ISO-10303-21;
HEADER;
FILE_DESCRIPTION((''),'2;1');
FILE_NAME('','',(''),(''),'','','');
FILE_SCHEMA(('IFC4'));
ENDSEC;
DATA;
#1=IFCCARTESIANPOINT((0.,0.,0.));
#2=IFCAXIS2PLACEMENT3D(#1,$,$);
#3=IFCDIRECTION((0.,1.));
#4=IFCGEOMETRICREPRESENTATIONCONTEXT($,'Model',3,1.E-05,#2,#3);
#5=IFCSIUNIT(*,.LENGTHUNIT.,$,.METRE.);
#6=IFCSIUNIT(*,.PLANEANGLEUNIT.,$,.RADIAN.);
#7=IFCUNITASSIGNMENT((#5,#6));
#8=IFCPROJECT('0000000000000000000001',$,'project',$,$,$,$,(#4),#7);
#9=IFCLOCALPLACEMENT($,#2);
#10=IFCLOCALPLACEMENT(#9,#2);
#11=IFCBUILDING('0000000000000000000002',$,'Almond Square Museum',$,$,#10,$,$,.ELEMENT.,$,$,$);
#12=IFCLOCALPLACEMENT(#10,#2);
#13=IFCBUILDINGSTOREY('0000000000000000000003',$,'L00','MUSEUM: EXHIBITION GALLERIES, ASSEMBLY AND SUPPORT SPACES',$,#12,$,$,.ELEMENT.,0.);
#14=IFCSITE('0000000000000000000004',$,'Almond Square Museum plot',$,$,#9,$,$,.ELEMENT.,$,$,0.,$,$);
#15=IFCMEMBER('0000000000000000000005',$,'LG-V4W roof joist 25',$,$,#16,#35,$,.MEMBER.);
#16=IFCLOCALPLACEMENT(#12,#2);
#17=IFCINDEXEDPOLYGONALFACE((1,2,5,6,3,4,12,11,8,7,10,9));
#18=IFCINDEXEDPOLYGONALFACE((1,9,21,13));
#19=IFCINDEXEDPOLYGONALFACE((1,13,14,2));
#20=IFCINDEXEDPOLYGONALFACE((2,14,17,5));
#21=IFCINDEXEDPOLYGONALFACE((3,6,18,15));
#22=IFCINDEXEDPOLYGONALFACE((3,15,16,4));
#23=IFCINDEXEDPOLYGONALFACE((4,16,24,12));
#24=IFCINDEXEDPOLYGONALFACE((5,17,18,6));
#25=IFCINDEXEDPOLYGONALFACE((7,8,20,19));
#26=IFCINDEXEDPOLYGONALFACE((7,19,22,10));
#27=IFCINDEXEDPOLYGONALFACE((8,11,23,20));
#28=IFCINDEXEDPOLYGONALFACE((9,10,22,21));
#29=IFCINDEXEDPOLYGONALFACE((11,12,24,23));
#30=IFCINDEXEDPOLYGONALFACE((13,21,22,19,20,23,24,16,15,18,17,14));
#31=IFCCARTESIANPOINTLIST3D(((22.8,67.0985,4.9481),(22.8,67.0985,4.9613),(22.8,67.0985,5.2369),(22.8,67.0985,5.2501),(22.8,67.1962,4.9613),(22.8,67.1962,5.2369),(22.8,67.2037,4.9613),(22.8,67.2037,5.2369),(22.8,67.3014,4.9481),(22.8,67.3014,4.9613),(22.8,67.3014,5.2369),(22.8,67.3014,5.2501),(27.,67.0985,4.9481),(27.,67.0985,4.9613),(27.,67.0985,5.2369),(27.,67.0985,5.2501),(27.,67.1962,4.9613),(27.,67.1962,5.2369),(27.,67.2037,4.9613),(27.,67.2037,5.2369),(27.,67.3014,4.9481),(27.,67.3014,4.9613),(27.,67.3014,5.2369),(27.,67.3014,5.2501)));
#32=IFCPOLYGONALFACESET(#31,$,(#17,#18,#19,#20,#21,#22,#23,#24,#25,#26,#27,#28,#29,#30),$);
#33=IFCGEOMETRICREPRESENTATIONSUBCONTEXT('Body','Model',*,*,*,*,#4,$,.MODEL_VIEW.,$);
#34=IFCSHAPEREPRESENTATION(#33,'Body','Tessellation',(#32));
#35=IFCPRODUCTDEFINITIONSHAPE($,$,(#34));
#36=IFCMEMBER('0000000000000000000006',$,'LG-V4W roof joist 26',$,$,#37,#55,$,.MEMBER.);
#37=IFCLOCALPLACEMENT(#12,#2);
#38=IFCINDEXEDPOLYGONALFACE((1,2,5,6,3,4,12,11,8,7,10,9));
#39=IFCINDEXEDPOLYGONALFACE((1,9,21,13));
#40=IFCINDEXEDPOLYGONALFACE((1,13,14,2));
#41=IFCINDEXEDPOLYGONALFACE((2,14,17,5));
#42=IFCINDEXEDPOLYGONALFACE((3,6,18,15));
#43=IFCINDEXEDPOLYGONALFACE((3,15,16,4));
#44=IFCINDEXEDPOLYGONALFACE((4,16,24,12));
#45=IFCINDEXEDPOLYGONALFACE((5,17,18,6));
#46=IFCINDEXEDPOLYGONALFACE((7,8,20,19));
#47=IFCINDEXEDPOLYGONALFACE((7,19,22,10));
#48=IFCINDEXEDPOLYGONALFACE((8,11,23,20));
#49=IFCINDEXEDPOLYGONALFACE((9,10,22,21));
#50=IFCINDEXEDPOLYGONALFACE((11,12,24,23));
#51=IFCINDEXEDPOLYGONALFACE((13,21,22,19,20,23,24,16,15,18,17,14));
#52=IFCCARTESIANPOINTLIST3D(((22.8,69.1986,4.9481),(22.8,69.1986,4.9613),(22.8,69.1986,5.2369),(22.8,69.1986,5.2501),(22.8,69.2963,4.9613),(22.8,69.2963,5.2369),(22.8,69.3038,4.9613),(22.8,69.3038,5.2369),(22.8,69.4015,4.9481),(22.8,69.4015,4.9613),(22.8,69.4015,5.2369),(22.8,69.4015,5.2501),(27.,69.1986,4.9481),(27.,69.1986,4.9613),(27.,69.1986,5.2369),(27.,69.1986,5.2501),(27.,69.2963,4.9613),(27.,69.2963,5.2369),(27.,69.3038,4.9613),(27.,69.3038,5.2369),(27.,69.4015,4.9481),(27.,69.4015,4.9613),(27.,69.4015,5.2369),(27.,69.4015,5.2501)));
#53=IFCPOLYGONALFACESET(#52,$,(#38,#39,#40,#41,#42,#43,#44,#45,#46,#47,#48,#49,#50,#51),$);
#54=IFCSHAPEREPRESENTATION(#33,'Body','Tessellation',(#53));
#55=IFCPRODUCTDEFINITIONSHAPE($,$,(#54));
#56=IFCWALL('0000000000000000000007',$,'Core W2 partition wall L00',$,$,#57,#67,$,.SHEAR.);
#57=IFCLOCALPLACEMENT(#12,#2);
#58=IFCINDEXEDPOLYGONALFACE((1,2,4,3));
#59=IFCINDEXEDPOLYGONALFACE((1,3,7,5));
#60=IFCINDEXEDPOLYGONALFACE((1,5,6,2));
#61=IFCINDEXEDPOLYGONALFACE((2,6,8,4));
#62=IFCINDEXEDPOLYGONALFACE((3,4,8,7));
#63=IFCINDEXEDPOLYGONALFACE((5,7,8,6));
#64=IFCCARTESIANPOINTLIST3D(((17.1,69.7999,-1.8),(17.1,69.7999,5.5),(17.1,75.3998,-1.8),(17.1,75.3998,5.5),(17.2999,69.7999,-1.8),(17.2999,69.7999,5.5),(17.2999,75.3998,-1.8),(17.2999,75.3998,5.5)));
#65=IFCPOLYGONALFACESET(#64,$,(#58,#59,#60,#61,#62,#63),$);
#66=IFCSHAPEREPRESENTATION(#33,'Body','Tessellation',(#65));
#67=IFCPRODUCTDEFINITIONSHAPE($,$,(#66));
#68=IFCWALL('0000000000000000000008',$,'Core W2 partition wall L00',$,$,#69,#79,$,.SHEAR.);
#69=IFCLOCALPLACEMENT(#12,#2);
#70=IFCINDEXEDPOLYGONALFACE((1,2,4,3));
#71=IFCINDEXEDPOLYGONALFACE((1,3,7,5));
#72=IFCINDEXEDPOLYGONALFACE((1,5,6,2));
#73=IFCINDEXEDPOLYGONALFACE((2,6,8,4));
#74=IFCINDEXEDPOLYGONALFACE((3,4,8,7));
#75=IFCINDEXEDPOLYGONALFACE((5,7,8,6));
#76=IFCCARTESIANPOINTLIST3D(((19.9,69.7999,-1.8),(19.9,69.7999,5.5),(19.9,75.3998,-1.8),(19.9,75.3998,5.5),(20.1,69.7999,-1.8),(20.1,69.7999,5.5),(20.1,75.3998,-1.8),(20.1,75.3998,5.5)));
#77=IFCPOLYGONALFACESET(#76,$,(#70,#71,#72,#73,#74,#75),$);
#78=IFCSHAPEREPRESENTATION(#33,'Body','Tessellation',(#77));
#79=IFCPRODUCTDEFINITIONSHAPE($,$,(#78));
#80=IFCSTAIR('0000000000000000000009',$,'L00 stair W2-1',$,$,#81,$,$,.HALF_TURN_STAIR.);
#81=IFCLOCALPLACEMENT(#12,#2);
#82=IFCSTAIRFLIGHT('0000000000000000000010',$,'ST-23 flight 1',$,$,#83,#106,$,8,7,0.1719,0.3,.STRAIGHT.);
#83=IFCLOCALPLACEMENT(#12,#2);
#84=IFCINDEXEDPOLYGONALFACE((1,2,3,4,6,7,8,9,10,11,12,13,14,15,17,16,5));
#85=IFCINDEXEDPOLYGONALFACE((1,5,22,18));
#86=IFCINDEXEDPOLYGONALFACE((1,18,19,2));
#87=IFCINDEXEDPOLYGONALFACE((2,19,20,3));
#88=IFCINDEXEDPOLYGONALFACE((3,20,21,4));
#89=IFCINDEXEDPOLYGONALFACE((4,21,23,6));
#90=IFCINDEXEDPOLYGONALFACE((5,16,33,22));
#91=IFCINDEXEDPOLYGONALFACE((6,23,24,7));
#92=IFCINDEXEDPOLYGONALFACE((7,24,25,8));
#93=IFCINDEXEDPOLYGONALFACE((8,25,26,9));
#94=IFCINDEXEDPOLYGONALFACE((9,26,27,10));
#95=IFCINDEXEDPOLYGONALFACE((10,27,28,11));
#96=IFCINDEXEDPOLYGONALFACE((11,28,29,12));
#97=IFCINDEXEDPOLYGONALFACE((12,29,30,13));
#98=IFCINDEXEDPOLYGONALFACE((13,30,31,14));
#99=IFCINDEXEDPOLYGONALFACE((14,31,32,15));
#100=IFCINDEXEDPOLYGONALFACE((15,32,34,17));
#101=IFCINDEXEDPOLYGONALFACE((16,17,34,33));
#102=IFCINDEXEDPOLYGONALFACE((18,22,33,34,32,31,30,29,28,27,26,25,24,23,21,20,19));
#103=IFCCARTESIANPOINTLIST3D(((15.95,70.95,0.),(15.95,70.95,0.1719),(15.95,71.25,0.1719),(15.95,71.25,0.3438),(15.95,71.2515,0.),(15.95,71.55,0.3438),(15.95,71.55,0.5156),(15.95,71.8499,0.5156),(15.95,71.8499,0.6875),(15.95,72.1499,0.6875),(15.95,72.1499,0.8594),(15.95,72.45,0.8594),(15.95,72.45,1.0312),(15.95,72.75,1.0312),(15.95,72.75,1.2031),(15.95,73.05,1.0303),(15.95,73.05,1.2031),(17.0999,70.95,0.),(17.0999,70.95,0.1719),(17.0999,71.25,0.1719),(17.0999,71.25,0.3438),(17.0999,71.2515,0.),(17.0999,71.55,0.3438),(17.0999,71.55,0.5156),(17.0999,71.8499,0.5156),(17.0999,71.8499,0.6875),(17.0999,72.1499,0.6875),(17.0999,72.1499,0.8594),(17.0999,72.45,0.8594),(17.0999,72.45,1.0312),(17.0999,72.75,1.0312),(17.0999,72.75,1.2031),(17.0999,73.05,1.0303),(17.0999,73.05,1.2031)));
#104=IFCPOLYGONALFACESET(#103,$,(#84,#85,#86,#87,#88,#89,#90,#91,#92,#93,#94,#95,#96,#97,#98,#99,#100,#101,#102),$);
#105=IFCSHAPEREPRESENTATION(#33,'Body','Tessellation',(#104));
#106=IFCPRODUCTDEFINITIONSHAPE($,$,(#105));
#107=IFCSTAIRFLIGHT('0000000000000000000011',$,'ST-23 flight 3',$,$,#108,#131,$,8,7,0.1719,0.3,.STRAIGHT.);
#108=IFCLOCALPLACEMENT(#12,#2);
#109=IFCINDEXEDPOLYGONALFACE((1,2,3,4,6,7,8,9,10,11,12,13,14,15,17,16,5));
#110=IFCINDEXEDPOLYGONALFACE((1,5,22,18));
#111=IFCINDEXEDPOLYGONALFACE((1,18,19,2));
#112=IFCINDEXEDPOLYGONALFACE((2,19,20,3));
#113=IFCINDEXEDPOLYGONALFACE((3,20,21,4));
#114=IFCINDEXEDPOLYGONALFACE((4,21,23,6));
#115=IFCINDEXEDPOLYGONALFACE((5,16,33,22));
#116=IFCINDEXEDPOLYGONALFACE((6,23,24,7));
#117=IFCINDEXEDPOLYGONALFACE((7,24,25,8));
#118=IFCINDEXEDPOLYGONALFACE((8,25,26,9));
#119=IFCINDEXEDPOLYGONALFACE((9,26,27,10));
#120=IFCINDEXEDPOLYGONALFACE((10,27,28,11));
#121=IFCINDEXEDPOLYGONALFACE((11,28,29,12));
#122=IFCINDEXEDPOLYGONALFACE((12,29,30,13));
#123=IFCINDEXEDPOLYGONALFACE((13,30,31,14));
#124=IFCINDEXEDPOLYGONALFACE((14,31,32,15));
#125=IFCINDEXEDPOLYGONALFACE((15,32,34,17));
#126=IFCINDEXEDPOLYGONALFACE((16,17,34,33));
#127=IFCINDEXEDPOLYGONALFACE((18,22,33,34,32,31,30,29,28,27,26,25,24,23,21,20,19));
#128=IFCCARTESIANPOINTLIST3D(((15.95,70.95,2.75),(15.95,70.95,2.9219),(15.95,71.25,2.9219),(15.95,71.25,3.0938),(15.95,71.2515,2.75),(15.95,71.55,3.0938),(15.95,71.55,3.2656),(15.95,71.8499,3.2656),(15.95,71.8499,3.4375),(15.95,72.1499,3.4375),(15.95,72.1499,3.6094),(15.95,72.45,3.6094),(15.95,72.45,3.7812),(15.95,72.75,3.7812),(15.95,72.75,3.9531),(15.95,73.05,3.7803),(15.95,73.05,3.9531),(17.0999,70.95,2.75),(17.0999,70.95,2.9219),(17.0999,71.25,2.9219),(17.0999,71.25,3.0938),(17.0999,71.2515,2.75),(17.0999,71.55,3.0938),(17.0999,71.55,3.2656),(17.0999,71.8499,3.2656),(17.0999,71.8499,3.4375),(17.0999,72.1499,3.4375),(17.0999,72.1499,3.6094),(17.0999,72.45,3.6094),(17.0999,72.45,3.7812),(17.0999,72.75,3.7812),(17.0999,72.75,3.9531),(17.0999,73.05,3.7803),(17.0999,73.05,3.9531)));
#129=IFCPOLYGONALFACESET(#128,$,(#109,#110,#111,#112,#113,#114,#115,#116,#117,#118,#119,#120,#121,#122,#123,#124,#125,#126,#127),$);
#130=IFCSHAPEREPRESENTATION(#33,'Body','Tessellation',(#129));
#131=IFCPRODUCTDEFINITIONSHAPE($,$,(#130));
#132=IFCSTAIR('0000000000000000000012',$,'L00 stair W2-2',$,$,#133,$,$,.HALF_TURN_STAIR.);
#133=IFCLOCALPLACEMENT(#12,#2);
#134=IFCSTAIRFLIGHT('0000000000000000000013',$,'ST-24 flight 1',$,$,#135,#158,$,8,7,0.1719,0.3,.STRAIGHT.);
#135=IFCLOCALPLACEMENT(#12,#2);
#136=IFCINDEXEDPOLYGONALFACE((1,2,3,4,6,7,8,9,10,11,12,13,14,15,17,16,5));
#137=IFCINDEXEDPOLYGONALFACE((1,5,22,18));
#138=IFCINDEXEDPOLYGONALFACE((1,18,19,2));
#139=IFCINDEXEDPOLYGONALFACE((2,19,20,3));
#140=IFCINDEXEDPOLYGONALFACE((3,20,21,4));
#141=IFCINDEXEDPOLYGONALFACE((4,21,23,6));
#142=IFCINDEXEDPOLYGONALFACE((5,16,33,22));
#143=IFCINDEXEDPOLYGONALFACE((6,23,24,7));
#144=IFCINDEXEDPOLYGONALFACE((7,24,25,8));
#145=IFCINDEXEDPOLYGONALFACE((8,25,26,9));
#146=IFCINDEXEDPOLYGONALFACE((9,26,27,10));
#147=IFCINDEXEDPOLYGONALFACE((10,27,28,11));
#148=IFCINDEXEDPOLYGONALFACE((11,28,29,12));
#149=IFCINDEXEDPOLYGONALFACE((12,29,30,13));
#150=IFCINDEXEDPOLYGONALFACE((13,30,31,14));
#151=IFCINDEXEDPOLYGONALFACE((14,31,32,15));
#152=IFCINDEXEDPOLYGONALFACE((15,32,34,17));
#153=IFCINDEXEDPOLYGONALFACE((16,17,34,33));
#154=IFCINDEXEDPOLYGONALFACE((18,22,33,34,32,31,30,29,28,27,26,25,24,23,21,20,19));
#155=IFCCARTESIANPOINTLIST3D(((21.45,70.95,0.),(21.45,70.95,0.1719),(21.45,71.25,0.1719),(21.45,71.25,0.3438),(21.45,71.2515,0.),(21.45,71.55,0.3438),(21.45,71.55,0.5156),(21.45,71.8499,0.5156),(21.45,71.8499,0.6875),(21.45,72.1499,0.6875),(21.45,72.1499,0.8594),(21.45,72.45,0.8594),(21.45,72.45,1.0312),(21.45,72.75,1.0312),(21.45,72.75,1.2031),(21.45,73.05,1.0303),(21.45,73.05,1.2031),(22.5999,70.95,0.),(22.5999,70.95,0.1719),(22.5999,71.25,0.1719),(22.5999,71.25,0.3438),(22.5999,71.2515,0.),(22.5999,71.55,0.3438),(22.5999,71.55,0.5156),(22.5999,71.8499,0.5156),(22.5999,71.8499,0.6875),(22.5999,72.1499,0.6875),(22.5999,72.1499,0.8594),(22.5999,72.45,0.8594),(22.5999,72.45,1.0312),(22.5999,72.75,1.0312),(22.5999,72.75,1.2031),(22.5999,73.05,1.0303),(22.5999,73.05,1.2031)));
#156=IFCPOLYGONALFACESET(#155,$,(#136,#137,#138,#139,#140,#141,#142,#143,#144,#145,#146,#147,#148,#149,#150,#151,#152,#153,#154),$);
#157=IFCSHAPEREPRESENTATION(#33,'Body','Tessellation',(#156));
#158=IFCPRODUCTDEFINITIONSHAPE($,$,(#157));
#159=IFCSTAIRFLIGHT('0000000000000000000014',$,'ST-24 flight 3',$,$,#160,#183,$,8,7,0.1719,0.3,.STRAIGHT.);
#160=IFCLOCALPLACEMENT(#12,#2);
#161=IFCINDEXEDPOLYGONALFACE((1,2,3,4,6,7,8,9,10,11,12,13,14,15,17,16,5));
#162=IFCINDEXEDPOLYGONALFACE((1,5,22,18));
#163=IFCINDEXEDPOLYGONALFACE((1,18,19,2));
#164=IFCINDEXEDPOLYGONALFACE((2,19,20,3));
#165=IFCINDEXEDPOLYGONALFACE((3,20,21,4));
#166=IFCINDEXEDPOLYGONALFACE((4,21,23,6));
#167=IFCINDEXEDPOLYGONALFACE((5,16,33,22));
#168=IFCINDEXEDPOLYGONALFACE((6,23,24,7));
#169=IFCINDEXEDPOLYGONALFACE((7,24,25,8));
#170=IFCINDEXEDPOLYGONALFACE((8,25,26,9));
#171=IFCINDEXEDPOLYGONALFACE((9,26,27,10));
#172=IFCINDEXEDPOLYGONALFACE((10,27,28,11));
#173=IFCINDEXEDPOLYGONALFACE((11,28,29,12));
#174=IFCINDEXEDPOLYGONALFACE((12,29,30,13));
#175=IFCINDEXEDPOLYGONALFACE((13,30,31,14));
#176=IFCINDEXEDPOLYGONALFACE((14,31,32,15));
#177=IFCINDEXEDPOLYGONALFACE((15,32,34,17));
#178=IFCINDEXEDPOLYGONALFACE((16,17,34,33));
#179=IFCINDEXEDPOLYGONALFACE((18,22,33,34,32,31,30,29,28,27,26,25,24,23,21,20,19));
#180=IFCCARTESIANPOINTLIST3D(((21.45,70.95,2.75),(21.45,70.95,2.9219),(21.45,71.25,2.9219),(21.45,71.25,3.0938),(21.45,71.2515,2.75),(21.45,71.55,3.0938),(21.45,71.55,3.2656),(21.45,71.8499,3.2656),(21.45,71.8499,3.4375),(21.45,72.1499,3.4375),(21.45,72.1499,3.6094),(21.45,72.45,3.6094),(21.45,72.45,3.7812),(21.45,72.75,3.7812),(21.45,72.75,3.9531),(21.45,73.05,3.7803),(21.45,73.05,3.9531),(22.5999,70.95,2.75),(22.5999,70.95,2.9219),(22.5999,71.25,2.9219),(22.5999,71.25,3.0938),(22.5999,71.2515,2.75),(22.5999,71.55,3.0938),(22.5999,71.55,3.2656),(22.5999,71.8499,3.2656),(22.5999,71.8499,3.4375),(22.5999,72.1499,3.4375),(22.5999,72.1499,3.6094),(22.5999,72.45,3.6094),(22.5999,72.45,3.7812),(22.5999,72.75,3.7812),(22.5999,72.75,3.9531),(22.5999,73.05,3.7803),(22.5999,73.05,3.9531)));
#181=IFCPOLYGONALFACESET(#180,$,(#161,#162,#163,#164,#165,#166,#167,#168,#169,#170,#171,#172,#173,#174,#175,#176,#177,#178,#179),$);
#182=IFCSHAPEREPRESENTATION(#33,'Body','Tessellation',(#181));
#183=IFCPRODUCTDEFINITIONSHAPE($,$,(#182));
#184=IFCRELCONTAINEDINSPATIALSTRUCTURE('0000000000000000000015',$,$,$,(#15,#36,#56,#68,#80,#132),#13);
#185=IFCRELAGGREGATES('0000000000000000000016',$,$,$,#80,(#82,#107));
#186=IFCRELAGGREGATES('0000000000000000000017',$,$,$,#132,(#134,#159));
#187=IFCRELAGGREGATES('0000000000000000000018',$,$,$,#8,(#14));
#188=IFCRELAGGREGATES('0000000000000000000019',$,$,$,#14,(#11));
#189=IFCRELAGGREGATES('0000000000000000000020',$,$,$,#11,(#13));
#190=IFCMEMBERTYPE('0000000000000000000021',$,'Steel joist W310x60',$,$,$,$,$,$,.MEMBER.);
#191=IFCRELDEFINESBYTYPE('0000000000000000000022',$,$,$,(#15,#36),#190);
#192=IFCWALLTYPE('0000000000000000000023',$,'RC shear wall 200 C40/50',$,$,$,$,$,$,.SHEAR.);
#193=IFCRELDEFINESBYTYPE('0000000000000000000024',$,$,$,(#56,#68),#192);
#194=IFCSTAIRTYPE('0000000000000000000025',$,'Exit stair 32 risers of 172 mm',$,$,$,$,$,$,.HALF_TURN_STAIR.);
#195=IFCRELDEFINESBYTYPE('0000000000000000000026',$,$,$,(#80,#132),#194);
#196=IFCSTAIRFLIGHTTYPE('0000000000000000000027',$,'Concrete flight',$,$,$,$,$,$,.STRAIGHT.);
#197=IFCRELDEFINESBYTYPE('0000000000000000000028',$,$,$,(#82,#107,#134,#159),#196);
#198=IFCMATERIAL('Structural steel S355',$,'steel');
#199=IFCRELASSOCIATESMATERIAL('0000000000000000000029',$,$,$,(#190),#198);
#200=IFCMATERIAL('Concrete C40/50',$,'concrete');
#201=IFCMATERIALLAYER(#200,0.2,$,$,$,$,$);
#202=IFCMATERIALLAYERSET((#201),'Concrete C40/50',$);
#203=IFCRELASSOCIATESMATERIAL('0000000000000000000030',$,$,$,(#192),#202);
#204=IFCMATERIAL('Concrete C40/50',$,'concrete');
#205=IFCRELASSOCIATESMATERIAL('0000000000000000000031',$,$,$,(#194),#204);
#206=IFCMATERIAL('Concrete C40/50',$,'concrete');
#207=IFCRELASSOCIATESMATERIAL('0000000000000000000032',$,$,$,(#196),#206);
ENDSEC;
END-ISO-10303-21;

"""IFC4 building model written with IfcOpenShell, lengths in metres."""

from ifc_helpers import new_model, si_unit, direction, frame, frame_2d, origin, origin_2d, place, context, subcontext, project, spatial, polyline, rectangle, i_section, outline, extrude, material, layer, layer_set, material_profile, profile_set, type_object, element, aggregate, save


model = new_model("IFC4")

# Units and contexts
model_context = context("Model", 3, precision=1e-05, world=origin(), true_north=direction((0.0, 1.0)))
body_context = subcontext(model_context, "Body", "Model", "MODEL_VIEW")
ifc_project = project(units=[si_unit("LENGTHUNIT", "METRE"), si_unit("PLANEANGLEUNIT", "RADIAN")], contexts=[model_context])

# Site, building, storey
site_placement = place(None, origin())
site = spatial("IfcSite", under=ifc_project, at=site_placement, Name="Almond Square Museum plot", CompositionType="ELEMENT", RefElevation=0.0)
building_placement = place(site_placement, origin())
building = spatial("IfcBuilding", under=site, at=building_placement, Name="Almond Square Museum", CompositionType="ELEMENT")
storey_placement = place(building_placement, origin())
storey = spatial("IfcBuildingStorey", under=building, at=storey_placement, Name="L00", Description="MUSEUM: EXHIBITION GALLERIES, ASSEMBLY AND SUPPORT SPACES", CompositionType="ELEMENT", Elevation=0.0)

# Members
ifc_material_1 = material(Name="Structural steel S355", Category="steel")
ifc_material_profile_1 = material_profile(ifc_material_1, i_section(OverallWidth=0.2029, OverallDepth=0.302, WebThickness=0.0076, FlangeThickness=0.0132, at=origin_2d()))
ifc_profile_set_1 = profile_set([ifc_material_profile_1], Name="Structural steel S355")
member_type = type_object("IfcMemberType", Name="Steel joist W310x60", PredefinedType="MEMBER", material=ifc_profile_set_1)
for number, where, z_axis, x_axis, name in (
    (1, (22.8, 67.2, 5.0991), (1.0, 0.0, 0.0), (0.0, 1.0, 0.0), "LG-V4W roof joist 25"),
    (2, (22.8, 69.3, 5.0991), (1.0, 0.0, 0.0), (0.0, 1.0, 0.0), "LG-V4W roof joist 26"),
):
    element("IfcMember", number, at=place(storey_placement, frame(where, z_axis=z_axis, x_axis=x_axis)), inside=storey, type_object=member_type, Name=name, PredefinedType="MEMBER", context=body_context, shape_type="SweptSolid", body=[
        extrude(i_section(OverallWidth=0.2029, OverallDepth=0.302, WebThickness=0.0076, FlangeThickness=0.0132, at=origin_2d()), origin(), (0.0, 0.0, 1.0), 4.2),
    ])

# Walls
ifc_material_2 = material(Name="Concrete C40/50", Category="concrete")
ifc_layer = layer(ifc_material_2, 0.2)
ifc_layer_set = layer_set([ifc_layer], Name="Concrete C40/50")
wall_type = type_object("IfcWallType", Name="RC shear wall 200 C40/50", PredefinedType="SHEAR", material=ifc_layer_set)
for number, where, z_axis, x_axis, name in (
    (3, (17.2, 69.8, -1.8), (0.0, 0.0, 1.0), (0.0, 1.0, 0.0), "Core W2 partition wall L00"),
    (4, (20.0, 69.8, -1.8), (0.0, 0.0, 1.0), (0.0, 1.0, 0.0), "Core W2 partition wall L00"),
):
    element("IfcWall", number, at=place(storey_placement, frame(where, z_axis=z_axis, x_axis=x_axis)), inside=storey, type_object=wall_type, Name=name, PredefinedType="SHEAR", context=body_context, shape_type="SweptSolid", body=[
        extrude(rectangle(XDim=5.5999, YDim=0.2, at=frame_2d((2.7998, 0.0))), origin(), (0.0, 0.0, 1.0), 7.3),
    ])

# Stairs, stair flights
ifc_material_3 = material(Name="Concrete C40/50", Category="concrete")
stair_type = type_object("IfcStairType", Name="Exit stair 32 risers of 172 mm", PredefinedType="HALF_TURN_STAIR", material=ifc_material_3)
stair_1_placement = place(storey_placement, origin())
stair_1 = element("IfcStair", 5, at=stair_1_placement, inside=storey, type_object=stair_type, Name="L00 stair W2-1", PredefinedType="HALF_TURN_STAIR")
ifc_material_4 = material(Name="Concrete C40/50", Category="concrete")
stair_flight_type = type_object("IfcStairFlightType", Name="Concrete flight", PredefinedType="STRAIGHT", material=ifc_material_4)
stair_flight_1_placement = place(storey_placement, frame((16.5249, 70.95, 0.0), z_axis=(0.0, 0.0, 1.0), x_axis=(0.0, 1.0, 0.0)))
stair_flight_1 = element("IfcStairFlight", 6, at=stair_flight_1_placement, type_object=stair_flight_type, Name="ST-23 flight 1", NumberOfRisers=8, NumberOfTreads=7, PredefinedType="STRAIGHT", RiserHeight=0.1719, TreadLength=0.3, context=body_context, shape_type="SweptSolid", body=[
    extrude(outline(polyline([(0.0, 0.0), (0.0, 0.1719), (0.3, 0.1719), (0.3, 0.3438), (0.6001, 0.3438), (0.6001, 0.5156), (0.8999, 0.5156), (0.8999, 0.6875), (1.2, 0.6875), (1.2, 0.8594), (1.5, 0.8594), (1.5, 1.0312), (1.8, 1.0312), (1.8, 1.2031), (2.1001, 1.2031), (2.1001, 1.375), (2.1001, 1.0303), (0.3015, 0.0), (0.0, 0.0)])), frame((0.0, 0.575, 0.0), z_axis=(0.0, -1.0, 0.0), x_axis=(1.0, 0.0, 0.0)), (0.0, 0.0, 1.0), 1.1499),
])
stair_flight_2_placement = place(storey_placement, frame((16.5249, 70.95, 2.75), z_axis=(0.0, 0.0, 1.0), x_axis=(0.0, 1.0, 0.0)))
stair_flight_2 = element("IfcStairFlight", 7, at=stair_flight_2_placement, type_object=stair_flight_type, Name="ST-23 flight 3", NumberOfRisers=8, NumberOfTreads=7, PredefinedType="STRAIGHT", RiserHeight=0.1719, TreadLength=0.3, context=body_context, shape_type="SweptSolid", body=[
    extrude(outline(polyline([(0.0, 0.0), (0.0, 0.1719), (0.3, 0.1719), (0.3, 0.3438), (0.6001, 0.3438), (0.6001, 0.5156), (0.8999, 0.5156), (0.8999, 0.6875), (1.2, 0.6875), (1.2, 0.8594), (1.5, 0.8594), (1.5, 1.0312), (1.8, 1.0312), (1.8, 1.2031), (2.1001, 1.2031), (2.1001, 1.375), (2.1001, 1.0303), (0.3015, 0.0), (0.0, 0.0)])), frame((0.0, 0.575, 0.0), z_axis=(0.0, -1.0, 0.0), x_axis=(1.0, 0.0, 0.0)), (0.0, 0.0, 1.0), 1.1499),
])
aggregate(stair_1, [stair_flight_1, stair_flight_2])
stair_2_placement = place(storey_placement, origin())
stair_2 = element("IfcStair", 8, at=stair_2_placement, inside=storey, type_object=stair_type, Name="L00 stair W2-2", PredefinedType="HALF_TURN_STAIR")
stair_flight_3_placement = place(storey_placement, frame((22.0249, 70.95, 0.0), z_axis=(0.0, 0.0, 1.0), x_axis=(0.0, 1.0, 0.0)))
stair_flight_3 = element("IfcStairFlight", 9, at=stair_flight_3_placement, type_object=stair_flight_type, Name="ST-24 flight 1", NumberOfRisers=8, NumberOfTreads=7, PredefinedType="STRAIGHT", RiserHeight=0.1719, TreadLength=0.3, context=body_context, shape_type="SweptSolid", body=[
    extrude(outline(polyline([(0.0, 0.0), (0.0, 0.1719), (0.3, 0.1719), (0.3, 0.3438), (0.6001, 0.3438), (0.6001, 0.5156), (0.8999, 0.5156), (0.8999, 0.6875), (1.2, 0.6875), (1.2, 0.8594), (1.5, 0.8594), (1.5, 1.0312), (1.8, 1.0312), (1.8, 1.2031), (2.1001, 1.2031), (2.1001, 1.375), (2.1001, 1.0303), (0.3015, 0.0), (0.0, 0.0)])), frame((0.0, 0.575, 0.0), z_axis=(0.0, -1.0, 0.0), x_axis=(1.0, 0.0, 0.0)), (0.0, 0.0, 1.0), 1.1499),
])
stair_flight_4_placement = place(storey_placement, frame((22.0249, 70.95, 2.75), z_axis=(0.0, 0.0, 1.0), x_axis=(0.0, 1.0, 0.0)))
stair_flight_4 = element("IfcStairFlight", 10, at=stair_flight_4_placement, type_object=stair_flight_type, Name="ST-24 flight 3", NumberOfRisers=8, NumberOfTreads=7, PredefinedType="STRAIGHT", RiserHeight=0.1719, TreadLength=0.3, context=body_context, shape_type="SweptSolid", body=[
    extrude(outline(polyline([(0.0, 0.0), (0.0, 0.1719), (0.3, 0.1719), (0.3, 0.3438), (0.6001, 0.3438), (0.6001, 0.5156), (0.8999, 0.5156), (0.8999, 0.6875), (1.2, 0.6875), (1.2, 0.8594), (1.5, 0.8594), (1.5, 1.0312), (1.8, 1.0312), (1.8, 1.2031), (2.1001, 1.2031), (2.1001, 1.375), (2.1001, 1.0303), (0.3015, 0.0), (0.0, 0.0)])), frame((0.0, 0.575, 0.0), z_axis=(0.0, -1.0, 0.0), x_axis=(1.0, 0.0, 0.0)), (0.0, 0.0, 1.0), 1.1499),
])
aggregate(stair_2, [stair_flight_3, stair_flight_4])

save(model, "model.ifc")
